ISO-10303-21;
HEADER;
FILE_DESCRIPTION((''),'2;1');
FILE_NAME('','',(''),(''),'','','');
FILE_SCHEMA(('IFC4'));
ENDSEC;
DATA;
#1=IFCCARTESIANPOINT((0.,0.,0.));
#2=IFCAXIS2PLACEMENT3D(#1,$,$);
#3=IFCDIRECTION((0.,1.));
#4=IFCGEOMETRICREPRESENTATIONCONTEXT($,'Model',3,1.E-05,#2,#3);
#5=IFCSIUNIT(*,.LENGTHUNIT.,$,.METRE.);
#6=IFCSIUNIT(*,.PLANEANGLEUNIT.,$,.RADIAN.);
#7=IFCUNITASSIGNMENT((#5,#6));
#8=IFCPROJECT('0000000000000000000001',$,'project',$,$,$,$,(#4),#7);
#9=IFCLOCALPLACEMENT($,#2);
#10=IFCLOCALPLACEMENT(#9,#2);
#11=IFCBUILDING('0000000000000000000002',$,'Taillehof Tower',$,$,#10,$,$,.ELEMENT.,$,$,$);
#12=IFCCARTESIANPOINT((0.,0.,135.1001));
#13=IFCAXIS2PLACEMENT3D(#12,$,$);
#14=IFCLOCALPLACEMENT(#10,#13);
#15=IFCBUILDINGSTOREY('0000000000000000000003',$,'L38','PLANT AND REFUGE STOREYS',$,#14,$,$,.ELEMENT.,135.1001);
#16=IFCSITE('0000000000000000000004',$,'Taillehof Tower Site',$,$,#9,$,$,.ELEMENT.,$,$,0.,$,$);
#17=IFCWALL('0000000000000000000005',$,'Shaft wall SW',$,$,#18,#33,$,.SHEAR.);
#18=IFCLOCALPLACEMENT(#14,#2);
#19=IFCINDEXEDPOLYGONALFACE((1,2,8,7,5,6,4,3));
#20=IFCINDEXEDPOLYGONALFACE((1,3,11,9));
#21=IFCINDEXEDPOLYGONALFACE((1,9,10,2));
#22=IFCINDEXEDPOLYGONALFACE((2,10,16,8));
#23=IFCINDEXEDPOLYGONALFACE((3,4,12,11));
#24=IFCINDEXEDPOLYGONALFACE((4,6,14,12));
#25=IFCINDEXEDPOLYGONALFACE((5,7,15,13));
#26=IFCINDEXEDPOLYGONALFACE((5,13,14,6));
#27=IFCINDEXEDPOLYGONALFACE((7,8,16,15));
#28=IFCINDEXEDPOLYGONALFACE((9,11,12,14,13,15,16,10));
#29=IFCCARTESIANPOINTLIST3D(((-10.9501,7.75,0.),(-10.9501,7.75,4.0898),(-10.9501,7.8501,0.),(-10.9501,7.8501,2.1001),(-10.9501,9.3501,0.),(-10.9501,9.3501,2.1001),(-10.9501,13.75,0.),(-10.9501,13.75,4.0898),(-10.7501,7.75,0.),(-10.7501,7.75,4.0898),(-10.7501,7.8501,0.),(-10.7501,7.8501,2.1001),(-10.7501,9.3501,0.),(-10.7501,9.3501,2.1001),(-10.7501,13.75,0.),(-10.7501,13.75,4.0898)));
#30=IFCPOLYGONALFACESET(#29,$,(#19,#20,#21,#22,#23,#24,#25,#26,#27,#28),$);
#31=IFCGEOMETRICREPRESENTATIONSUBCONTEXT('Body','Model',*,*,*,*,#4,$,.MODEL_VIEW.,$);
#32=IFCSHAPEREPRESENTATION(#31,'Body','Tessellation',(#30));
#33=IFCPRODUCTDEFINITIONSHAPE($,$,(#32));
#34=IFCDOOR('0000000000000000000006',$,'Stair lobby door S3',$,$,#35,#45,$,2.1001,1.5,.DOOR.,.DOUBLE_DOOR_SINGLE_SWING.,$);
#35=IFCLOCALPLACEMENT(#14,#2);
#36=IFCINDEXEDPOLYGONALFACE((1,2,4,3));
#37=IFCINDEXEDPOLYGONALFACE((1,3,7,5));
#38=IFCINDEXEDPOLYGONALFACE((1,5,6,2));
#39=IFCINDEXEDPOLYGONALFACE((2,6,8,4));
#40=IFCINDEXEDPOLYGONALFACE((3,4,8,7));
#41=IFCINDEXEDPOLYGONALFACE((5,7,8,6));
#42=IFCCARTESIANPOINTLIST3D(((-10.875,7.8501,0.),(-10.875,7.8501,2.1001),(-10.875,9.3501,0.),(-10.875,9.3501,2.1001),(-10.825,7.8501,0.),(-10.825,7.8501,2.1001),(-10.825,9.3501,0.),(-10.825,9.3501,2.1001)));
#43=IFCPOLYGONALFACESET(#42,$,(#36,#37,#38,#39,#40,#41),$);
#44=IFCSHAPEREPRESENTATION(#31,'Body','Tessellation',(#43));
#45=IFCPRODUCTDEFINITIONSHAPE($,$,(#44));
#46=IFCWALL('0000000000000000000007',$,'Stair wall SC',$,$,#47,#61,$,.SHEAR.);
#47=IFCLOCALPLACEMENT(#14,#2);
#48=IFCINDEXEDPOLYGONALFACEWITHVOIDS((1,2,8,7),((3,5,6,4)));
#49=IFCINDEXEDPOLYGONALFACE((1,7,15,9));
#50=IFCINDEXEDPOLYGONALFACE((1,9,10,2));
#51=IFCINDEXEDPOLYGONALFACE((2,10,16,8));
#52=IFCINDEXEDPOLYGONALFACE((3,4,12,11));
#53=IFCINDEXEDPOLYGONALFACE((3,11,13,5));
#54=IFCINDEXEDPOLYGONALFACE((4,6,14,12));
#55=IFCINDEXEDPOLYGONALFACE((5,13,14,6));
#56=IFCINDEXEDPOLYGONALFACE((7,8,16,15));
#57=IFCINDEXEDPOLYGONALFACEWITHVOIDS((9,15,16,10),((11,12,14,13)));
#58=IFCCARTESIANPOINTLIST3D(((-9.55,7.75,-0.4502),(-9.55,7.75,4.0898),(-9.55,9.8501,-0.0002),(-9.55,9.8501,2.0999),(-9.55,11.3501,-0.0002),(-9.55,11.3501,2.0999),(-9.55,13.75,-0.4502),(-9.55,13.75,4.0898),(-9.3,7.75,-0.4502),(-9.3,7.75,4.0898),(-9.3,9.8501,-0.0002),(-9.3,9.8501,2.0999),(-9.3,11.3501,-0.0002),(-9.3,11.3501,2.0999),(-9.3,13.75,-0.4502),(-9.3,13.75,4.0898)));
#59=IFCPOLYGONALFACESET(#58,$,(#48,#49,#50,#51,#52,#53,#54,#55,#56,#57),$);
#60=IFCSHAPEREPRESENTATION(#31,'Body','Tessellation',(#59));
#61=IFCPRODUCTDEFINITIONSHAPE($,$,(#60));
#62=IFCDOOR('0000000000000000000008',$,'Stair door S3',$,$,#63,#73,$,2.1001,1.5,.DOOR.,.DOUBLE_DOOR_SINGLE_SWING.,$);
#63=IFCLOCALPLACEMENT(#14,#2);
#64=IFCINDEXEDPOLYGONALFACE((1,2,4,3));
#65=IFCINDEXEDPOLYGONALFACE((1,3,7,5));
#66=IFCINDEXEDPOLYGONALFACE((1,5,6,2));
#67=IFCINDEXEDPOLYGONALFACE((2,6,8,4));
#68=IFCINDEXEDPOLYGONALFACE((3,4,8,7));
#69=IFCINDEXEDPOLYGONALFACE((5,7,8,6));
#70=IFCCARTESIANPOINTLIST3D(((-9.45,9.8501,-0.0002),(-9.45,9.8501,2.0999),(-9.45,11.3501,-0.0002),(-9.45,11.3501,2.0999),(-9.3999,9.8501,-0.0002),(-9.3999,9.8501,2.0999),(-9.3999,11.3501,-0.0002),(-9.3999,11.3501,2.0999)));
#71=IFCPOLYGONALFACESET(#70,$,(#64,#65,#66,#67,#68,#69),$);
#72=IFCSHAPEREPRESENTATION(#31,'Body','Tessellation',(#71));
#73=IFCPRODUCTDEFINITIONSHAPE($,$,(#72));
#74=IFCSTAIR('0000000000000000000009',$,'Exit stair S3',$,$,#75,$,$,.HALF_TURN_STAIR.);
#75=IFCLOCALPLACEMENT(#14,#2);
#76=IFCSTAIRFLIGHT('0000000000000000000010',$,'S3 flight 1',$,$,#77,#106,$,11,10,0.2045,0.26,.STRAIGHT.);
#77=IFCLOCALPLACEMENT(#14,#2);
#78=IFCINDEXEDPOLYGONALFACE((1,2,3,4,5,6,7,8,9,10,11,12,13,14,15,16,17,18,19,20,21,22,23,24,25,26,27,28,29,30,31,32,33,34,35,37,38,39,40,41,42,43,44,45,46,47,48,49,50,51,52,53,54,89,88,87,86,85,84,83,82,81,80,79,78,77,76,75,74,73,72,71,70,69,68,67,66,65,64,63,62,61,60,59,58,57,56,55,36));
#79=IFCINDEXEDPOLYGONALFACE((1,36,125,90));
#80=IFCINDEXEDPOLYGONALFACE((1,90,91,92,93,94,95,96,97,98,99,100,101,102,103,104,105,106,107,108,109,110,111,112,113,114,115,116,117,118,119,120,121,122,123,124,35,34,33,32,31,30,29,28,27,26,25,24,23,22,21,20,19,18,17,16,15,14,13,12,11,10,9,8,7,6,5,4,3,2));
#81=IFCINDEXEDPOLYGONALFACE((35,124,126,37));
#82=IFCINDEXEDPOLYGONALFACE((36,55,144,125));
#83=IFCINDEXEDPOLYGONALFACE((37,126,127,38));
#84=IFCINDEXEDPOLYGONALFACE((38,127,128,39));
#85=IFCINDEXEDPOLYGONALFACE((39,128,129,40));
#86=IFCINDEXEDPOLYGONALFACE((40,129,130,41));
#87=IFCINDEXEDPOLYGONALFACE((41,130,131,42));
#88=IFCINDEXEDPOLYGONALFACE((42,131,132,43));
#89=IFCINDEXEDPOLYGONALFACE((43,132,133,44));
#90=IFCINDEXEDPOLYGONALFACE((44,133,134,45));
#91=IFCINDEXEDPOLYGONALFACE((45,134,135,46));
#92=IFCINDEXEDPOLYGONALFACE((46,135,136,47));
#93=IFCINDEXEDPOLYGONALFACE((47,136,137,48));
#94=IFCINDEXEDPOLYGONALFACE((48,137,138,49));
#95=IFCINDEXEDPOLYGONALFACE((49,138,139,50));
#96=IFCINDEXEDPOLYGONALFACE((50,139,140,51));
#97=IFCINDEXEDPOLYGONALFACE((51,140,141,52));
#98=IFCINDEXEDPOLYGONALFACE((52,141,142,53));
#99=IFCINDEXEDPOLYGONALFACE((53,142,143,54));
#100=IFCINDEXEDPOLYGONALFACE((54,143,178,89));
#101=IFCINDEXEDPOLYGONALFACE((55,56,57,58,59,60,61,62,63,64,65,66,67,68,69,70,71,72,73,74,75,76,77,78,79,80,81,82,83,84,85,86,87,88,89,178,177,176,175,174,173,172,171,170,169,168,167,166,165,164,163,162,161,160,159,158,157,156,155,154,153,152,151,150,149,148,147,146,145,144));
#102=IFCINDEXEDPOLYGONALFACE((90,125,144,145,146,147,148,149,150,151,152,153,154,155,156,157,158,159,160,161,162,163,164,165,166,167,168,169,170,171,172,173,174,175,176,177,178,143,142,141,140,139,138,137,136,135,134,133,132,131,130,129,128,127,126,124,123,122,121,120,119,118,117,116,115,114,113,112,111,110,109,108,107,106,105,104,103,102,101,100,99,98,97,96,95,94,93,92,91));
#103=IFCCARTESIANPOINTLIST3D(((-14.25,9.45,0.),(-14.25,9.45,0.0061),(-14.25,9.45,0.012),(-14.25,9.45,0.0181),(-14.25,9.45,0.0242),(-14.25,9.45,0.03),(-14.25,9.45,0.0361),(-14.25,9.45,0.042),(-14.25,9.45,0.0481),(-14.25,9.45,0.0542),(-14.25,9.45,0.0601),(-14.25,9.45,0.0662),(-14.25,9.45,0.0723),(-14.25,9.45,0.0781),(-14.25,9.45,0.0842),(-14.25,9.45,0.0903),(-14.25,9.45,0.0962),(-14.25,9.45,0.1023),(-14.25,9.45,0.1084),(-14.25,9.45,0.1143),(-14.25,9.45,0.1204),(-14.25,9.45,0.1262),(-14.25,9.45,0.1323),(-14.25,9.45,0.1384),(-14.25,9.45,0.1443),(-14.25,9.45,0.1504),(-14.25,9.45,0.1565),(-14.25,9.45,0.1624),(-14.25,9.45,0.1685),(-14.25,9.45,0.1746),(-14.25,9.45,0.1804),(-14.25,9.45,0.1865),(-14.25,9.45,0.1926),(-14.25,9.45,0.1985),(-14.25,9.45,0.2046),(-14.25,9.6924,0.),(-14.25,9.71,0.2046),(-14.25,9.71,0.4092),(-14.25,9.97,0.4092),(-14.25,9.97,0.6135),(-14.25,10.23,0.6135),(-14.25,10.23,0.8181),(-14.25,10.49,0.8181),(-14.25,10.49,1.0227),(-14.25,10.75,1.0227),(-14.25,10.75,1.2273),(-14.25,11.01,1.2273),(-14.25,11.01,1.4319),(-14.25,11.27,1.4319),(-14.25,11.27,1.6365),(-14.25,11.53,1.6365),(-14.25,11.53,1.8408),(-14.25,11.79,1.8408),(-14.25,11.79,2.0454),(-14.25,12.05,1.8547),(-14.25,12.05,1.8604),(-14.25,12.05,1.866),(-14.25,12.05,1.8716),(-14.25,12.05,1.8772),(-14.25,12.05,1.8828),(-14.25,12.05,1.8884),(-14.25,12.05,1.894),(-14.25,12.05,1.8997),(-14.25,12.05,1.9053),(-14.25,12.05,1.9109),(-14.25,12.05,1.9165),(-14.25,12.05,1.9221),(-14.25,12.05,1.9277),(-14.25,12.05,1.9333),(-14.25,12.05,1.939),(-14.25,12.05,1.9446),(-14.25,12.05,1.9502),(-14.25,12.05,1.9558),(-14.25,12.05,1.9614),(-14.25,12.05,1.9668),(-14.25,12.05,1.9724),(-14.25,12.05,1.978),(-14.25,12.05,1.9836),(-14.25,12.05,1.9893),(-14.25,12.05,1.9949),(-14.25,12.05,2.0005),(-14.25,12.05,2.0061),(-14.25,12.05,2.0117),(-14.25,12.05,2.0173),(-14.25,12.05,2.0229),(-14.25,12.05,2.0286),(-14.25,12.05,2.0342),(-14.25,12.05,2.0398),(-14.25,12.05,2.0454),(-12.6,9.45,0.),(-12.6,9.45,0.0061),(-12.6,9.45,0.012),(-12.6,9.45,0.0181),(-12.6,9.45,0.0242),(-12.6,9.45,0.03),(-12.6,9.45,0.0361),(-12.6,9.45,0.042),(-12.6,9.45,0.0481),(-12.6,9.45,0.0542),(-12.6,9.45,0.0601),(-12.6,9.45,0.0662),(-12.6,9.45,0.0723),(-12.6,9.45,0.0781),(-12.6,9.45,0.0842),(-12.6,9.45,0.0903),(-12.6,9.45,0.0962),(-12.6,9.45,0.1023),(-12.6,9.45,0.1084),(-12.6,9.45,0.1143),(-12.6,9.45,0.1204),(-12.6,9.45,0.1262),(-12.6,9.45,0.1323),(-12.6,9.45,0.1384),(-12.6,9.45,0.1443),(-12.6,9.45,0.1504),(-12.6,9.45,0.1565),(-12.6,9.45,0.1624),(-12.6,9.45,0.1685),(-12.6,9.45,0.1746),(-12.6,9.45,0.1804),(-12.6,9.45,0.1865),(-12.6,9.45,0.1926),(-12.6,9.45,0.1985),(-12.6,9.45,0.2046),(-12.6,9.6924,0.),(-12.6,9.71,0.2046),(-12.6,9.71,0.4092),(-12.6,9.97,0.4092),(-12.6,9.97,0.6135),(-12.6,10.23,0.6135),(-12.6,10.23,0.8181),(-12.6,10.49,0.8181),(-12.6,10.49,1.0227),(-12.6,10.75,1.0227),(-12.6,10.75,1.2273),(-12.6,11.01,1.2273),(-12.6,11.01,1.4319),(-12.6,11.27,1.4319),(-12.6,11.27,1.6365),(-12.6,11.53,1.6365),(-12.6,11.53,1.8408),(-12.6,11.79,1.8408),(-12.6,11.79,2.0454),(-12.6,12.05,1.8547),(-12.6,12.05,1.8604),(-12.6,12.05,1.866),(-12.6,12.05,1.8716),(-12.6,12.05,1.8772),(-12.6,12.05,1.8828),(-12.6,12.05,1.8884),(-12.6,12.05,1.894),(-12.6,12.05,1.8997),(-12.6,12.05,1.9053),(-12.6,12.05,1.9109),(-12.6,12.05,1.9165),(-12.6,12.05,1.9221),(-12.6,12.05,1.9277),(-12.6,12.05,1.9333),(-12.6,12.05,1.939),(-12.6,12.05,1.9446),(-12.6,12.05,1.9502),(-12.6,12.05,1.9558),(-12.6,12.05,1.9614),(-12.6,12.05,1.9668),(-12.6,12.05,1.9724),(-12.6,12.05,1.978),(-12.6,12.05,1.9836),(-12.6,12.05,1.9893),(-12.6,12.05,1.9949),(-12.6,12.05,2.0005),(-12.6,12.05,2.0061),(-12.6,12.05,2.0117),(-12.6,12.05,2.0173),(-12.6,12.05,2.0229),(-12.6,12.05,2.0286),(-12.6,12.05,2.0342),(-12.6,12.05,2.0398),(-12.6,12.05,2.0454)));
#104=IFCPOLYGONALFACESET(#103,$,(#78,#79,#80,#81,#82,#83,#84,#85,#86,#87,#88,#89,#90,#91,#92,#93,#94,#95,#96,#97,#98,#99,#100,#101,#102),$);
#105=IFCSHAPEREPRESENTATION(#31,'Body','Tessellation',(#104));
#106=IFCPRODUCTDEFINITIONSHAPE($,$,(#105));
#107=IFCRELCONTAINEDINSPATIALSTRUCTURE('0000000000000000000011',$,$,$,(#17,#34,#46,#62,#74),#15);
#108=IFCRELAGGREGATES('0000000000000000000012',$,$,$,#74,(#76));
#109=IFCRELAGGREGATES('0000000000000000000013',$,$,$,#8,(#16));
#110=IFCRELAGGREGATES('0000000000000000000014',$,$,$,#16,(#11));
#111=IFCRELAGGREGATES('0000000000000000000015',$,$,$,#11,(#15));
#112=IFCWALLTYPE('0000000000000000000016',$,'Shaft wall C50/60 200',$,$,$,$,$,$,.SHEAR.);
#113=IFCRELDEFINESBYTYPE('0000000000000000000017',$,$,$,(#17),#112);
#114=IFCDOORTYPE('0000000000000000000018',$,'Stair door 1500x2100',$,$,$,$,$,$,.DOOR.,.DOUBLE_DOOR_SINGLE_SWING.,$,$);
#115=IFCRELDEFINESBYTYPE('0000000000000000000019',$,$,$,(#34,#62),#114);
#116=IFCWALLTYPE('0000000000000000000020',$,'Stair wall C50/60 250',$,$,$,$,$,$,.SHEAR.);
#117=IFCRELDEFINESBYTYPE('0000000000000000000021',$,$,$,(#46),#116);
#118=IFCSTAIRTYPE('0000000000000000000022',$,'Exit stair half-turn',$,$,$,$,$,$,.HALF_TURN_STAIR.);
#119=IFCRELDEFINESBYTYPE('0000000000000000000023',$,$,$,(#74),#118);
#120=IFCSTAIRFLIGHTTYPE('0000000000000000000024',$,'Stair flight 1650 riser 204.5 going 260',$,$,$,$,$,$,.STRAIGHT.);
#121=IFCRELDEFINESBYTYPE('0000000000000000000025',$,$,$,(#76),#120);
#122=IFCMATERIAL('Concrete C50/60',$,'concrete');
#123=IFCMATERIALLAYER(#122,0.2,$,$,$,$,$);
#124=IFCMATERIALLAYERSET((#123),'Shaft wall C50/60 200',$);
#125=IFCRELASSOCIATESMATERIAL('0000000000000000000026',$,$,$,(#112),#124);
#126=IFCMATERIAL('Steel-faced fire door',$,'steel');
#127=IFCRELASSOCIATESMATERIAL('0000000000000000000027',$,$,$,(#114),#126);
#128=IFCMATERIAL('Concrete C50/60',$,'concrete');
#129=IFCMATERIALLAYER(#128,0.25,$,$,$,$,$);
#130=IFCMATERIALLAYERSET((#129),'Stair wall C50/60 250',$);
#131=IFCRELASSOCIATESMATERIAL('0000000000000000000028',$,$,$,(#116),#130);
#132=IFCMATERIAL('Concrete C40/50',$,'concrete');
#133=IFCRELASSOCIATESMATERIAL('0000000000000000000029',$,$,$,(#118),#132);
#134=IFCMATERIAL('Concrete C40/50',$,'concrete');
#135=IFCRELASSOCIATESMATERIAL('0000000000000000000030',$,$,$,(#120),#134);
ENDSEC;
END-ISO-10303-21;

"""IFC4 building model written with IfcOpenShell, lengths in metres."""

from ifc_helpers import new_model, si_unit, direction, frame, frame_2d, origin, place, context, subcontext, project, spatial, polyline, rectangle, outline, extrude, material, layer, layer_set, type_object, element, fill, aggregate, save


model = new_model("IFC4")

# Units and contexts
model_context = context("Model", 3, precision=1e-05, world=origin(), true_north=direction((0.0, 1.0)))
body_context = subcontext(model_context, "Body", "Model", "MODEL_VIEW")
ifc_project = project(units=[si_unit("LENGTHUNIT", "METRE"), si_unit("PLANEANGLEUNIT", "RADIAN")], contexts=[model_context])

# Site, building, storey
site_placement = place(None, origin())
site = spatial("IfcSite", under=ifc_project, at=site_placement, Name="Taillehof Tower Site", CompositionType="ELEMENT", RefElevation=0.0)
building_placement = place(site_placement, origin())
building = spatial("IfcBuilding", under=site, at=building_placement, Name="Taillehof Tower", CompositionType="ELEMENT")
storey_placement = place(building_placement, frame((0.0, 0.0, 135.1001)))
storey = spatial("IfcBuildingStorey", under=building, at=storey_placement, Name="L38", Description="PLANT AND REFUGE STOREYS", CompositionType="ELEMENT", Elevation=135.1001)

# Walls, openings, doors
ifc_material_1 = material(Name="Concrete C50/60", Category="concrete")
ifc_layer_1 = layer(ifc_material_1, 0.2)
ifc_layer_set_1 = layer_set([ifc_layer_1], Name="Shaft wall C50/60 200")
wall_type_1 = type_object("IfcWallType", Name="Shaft wall C50/60 200", PredefinedType="SHEAR", material=ifc_layer_set_1)
wall_1_placement = place(storey_placement, frame((-10.8501, 7.75, 0.0), z_axis=(0.0, 0.0, 1.0), x_axis=(0.0, 1.0, 0.0)))
wall_1 = element("IfcWall", 1, at=wall_1_placement, inside=storey, type_object=wall_type_1, Name="Shaft wall SW", PredefinedType="SHEAR", context=body_context, shape_type="SweptSolid", body=[
    extrude(rectangle(XDim=6.0, YDim=0.2, at=frame_2d((3.0, 0.0))), origin(), (0.0, 0.0, 1.0), 4.0898),
])
opening_1_placement = place(wall_1_placement, frame((0.1001, 0.0, 0.0)))
opening_1 = element("IfcOpeningElement", 2, at=opening_1_placement, cuts=wall_1, PredefinedType="OPENING", context=body_context, shape_type="SweptSolid", body=[
    extrude(rectangle(XDim=1.5, YDim=2.1001, at=frame_2d((0.75, 1.05))), frame((0.0, 0.1099, 0.0), z_axis=(0.0, -1.0, 0.0), x_axis=(1.0, 0.0, 0.0)), (0.0, 0.0, 1.0), 0.22),
])
ifc_material_2 = material(Name="Steel-faced fire door", Category="steel")
door_type_1 = type_object("IfcDoorType", Name="Stair door 1500x2100", OperationType="DOUBLE_DOOR_SINGLE_SWING", PredefinedType="DOOR", material=ifc_material_2)
door_1_placement = place(opening_1_placement, origin())
door_1 = element("IfcDoor", 3, at=door_1_placement, inside=storey, type_object=door_type_1, Name="Stair lobby door S3", OperationType="DOUBLE_DOOR_SINGLE_SWING", OverallHeight=2.1001, OverallWidth=1.5, PredefinedType="DOOR", context=body_context, shape_type="SweptSolid", body=[
    extrude(rectangle(XDim=1.5, YDim=2.1001, at=frame_2d((0.75, 1.05))), frame((0.0, 0.0249, 0.0), z_axis=(0.0, -1.0, 0.0), x_axis=(1.0, 0.0, 0.0)), (0.0, 0.0, 1.0), 0.05),
])
fill(opening_1, door_1)
ifc_material_3 = material(Name="Concrete C50/60", Category="concrete")
ifc_layer_2 = layer(ifc_material_3, 0.25)
ifc_layer_set_2 = layer_set([ifc_layer_2], Name="Stair wall C50/60 250")
wall_type_2 = type_object("IfcWallType", Name="Stair wall C50/60 250", PredefinedType="SHEAR", material=ifc_layer_set_2)
wall_2_placement = place(storey_placement, frame((-9.425, 7.75, -0.4502), z_axis=(0.0, 0.0, 1.0), x_axis=(0.0, 1.0, 0.0)))
wall_2 = element("IfcWall", 4, at=wall_2_placement, inside=storey, type_object=wall_type_2, Name="Stair wall SC", PredefinedType="SHEAR", context=body_context, shape_type="SweptSolid", body=[
    extrude(rectangle(XDim=6.0, YDim=0.25, at=frame_2d((3.0, 0.0))), origin(), (0.0, 0.0, 1.0), 4.54),
])
opening_2_placement = place(wall_2_placement, frame((2.1001, 0.0, 0.45)))
opening_2 = element("IfcOpeningElement", 5, at=opening_2_placement, cuts=wall_2, PredefinedType="OPENING", context=body_context, shape_type="SweptSolid", body=[
    extrude(rectangle(XDim=1.5, YDim=2.1001, at=frame_2d((0.75, 1.05))), frame((0.0, 0.135, 0.0), z_axis=(0.0, -1.0, 0.0), x_axis=(1.0, 0.0, 0.0)), (0.0, 0.0, 1.0), 0.27),
])
door_2_placement = place(opening_2_placement, origin())
door_2 = element("IfcDoor", 6, at=door_2_placement, inside=storey, type_object=door_type_1, Name="Stair door S3", OperationType="DOUBLE_DOOR_SINGLE_SWING", OverallHeight=2.1001, OverallWidth=1.5, PredefinedType="DOOR", context=body_context, shape_type="SweptSolid", body=[
    extrude(rectangle(XDim=1.5, YDim=2.1001, at=frame_2d((0.75, 1.05))), frame((0.0, 0.0249, 0.0), z_axis=(0.0, -1.0, 0.0), x_axis=(1.0, 0.0, 0.0)), (0.0, 0.0, 1.0), 0.05),
])
fill(opening_2, door_2)

# Stair, stair flight
ifc_material_4 = material(Name="Concrete C40/50", Category="concrete")
stair_type = type_object("IfcStairType", Name="Exit stair half-turn", PredefinedType="HALF_TURN_STAIR", material=ifc_material_4)
stair_placement = place(storey_placement, origin())
stair = element("IfcStair", 7, at=stair_placement, inside=storey, type_object=stair_type, Name="Exit stair S3", PredefinedType="HALF_TURN_STAIR")
ifc_material_5 = material(Name="Concrete C40/50", Category="concrete")
stair_flight_type = type_object("IfcStairFlightType", Name="Stair flight 1650 riser 204.5 going 260", PredefinedType="STRAIGHT", material=ifc_material_5)
stair_flight_1_placement = place(storey_placement, frame((-13.425, 9.45, 0.0), z_axis=(0.0, 0.0, 1.0), x_axis=(0.0, 1.0, 0.0)))
stair_flight_1 = element("IfcStairFlight", 8, at=stair_flight_1_placement, type_object=stair_flight_type, Name="S3 flight 1", NumberOfRisers=11, NumberOfTreads=10, PredefinedType="STRAIGHT", RiserHeight=0.2045, TreadLength=0.26, context=body_context, shape_type="SweptSolid", body=[
    extrude(outline(polyline([(0.0, 0.0), (0.0, 0.0061), (0.0, 0.012), (0.0, 0.0181), (0.0, 0.0242), (0.0, 0.03), (0.0, 0.0361), (0.0, 0.042), (0.0, 0.0481), (0.0, 0.0542), (0.0, 0.0601), (0.0, 0.0662), (0.0, 0.0723), (0.0, 0.0781), (0.0, 0.0842), (0.0, 0.0903), (0.0, 0.0962), (0.0, 0.1023), (0.0, 0.1084), (0.0, 0.1143), (0.0, 0.1204), (0.0, 0.1262), (0.0, 0.1323), (0.0, 0.1384), (0.0, 0.1443), (0.0, 0.1504), (0.0, 0.1565), (0.0, 0.1624), (0.0, 0.1685), (0.0, 0.1746), (0.0, 0.1804), (0.0, 0.1865), (0.0, 0.1926), (0.0, 0.1985), (0.0, 0.2046), (0.26, 0.2046), (0.26, 0.4092), (0.52, 0.4092), (0.52, 0.6135), (0.78, 0.6135), (0.78, 0.8181), (1.04, 0.8181), (1.04, 1.0227), (1.3, 1.0227), (1.3, 1.2273), (1.5601, 1.2273), (1.5601, 1.4319), (1.8201, 1.4319), (1.8201, 1.6365), (2.0801, 1.6365), (2.0801, 1.8408), (2.3401, 1.8408), (2.3401, 2.0454), (2.6001, 2.0454), (2.6001, 2.0398), (2.6001, 2.0342), (2.6001, 2.0286), (2.6001, 2.0229), (2.6001, 2.0173), (2.6001, 2.0117), (2.6001, 2.0061), (2.6001, 2.0005), (2.6001, 1.9949), (2.6001, 1.9893), (2.6001, 1.9836), (2.6001, 1.978), (2.6001, 1.9724), (2.6001, 1.9668), (2.6001, 1.9614), (2.6001, 1.9558), (2.6001, 1.9502), (2.6001, 1.9446), (2.6001, 1.939), (2.6001, 1.9333), (2.6001, 1.9277), (2.6001, 1.9221), (2.6001, 1.9165), (2.6001, 1.9109), (2.6001, 1.9053), (2.6001, 1.8997), (2.6001, 1.894), (2.6001, 1.8884), (2.6001, 1.8828), (2.6001, 1.8772), (2.6001, 1.8716), (2.6001, 1.866), (2.6001, 1.8604), (2.6001, 1.8547), (0.2424, 0.0), (0.0, 0.0)])), frame((0.0, 0.825, 0.0), z_axis=(0.0, -1.0, 0.0), x_axis=(1.0, 0.0, 0.0)), (0.0, 0.0, 1.0), 1.65),
])
aggregate(stair, [stair_flight_1])

save(model, "model.ifc")
